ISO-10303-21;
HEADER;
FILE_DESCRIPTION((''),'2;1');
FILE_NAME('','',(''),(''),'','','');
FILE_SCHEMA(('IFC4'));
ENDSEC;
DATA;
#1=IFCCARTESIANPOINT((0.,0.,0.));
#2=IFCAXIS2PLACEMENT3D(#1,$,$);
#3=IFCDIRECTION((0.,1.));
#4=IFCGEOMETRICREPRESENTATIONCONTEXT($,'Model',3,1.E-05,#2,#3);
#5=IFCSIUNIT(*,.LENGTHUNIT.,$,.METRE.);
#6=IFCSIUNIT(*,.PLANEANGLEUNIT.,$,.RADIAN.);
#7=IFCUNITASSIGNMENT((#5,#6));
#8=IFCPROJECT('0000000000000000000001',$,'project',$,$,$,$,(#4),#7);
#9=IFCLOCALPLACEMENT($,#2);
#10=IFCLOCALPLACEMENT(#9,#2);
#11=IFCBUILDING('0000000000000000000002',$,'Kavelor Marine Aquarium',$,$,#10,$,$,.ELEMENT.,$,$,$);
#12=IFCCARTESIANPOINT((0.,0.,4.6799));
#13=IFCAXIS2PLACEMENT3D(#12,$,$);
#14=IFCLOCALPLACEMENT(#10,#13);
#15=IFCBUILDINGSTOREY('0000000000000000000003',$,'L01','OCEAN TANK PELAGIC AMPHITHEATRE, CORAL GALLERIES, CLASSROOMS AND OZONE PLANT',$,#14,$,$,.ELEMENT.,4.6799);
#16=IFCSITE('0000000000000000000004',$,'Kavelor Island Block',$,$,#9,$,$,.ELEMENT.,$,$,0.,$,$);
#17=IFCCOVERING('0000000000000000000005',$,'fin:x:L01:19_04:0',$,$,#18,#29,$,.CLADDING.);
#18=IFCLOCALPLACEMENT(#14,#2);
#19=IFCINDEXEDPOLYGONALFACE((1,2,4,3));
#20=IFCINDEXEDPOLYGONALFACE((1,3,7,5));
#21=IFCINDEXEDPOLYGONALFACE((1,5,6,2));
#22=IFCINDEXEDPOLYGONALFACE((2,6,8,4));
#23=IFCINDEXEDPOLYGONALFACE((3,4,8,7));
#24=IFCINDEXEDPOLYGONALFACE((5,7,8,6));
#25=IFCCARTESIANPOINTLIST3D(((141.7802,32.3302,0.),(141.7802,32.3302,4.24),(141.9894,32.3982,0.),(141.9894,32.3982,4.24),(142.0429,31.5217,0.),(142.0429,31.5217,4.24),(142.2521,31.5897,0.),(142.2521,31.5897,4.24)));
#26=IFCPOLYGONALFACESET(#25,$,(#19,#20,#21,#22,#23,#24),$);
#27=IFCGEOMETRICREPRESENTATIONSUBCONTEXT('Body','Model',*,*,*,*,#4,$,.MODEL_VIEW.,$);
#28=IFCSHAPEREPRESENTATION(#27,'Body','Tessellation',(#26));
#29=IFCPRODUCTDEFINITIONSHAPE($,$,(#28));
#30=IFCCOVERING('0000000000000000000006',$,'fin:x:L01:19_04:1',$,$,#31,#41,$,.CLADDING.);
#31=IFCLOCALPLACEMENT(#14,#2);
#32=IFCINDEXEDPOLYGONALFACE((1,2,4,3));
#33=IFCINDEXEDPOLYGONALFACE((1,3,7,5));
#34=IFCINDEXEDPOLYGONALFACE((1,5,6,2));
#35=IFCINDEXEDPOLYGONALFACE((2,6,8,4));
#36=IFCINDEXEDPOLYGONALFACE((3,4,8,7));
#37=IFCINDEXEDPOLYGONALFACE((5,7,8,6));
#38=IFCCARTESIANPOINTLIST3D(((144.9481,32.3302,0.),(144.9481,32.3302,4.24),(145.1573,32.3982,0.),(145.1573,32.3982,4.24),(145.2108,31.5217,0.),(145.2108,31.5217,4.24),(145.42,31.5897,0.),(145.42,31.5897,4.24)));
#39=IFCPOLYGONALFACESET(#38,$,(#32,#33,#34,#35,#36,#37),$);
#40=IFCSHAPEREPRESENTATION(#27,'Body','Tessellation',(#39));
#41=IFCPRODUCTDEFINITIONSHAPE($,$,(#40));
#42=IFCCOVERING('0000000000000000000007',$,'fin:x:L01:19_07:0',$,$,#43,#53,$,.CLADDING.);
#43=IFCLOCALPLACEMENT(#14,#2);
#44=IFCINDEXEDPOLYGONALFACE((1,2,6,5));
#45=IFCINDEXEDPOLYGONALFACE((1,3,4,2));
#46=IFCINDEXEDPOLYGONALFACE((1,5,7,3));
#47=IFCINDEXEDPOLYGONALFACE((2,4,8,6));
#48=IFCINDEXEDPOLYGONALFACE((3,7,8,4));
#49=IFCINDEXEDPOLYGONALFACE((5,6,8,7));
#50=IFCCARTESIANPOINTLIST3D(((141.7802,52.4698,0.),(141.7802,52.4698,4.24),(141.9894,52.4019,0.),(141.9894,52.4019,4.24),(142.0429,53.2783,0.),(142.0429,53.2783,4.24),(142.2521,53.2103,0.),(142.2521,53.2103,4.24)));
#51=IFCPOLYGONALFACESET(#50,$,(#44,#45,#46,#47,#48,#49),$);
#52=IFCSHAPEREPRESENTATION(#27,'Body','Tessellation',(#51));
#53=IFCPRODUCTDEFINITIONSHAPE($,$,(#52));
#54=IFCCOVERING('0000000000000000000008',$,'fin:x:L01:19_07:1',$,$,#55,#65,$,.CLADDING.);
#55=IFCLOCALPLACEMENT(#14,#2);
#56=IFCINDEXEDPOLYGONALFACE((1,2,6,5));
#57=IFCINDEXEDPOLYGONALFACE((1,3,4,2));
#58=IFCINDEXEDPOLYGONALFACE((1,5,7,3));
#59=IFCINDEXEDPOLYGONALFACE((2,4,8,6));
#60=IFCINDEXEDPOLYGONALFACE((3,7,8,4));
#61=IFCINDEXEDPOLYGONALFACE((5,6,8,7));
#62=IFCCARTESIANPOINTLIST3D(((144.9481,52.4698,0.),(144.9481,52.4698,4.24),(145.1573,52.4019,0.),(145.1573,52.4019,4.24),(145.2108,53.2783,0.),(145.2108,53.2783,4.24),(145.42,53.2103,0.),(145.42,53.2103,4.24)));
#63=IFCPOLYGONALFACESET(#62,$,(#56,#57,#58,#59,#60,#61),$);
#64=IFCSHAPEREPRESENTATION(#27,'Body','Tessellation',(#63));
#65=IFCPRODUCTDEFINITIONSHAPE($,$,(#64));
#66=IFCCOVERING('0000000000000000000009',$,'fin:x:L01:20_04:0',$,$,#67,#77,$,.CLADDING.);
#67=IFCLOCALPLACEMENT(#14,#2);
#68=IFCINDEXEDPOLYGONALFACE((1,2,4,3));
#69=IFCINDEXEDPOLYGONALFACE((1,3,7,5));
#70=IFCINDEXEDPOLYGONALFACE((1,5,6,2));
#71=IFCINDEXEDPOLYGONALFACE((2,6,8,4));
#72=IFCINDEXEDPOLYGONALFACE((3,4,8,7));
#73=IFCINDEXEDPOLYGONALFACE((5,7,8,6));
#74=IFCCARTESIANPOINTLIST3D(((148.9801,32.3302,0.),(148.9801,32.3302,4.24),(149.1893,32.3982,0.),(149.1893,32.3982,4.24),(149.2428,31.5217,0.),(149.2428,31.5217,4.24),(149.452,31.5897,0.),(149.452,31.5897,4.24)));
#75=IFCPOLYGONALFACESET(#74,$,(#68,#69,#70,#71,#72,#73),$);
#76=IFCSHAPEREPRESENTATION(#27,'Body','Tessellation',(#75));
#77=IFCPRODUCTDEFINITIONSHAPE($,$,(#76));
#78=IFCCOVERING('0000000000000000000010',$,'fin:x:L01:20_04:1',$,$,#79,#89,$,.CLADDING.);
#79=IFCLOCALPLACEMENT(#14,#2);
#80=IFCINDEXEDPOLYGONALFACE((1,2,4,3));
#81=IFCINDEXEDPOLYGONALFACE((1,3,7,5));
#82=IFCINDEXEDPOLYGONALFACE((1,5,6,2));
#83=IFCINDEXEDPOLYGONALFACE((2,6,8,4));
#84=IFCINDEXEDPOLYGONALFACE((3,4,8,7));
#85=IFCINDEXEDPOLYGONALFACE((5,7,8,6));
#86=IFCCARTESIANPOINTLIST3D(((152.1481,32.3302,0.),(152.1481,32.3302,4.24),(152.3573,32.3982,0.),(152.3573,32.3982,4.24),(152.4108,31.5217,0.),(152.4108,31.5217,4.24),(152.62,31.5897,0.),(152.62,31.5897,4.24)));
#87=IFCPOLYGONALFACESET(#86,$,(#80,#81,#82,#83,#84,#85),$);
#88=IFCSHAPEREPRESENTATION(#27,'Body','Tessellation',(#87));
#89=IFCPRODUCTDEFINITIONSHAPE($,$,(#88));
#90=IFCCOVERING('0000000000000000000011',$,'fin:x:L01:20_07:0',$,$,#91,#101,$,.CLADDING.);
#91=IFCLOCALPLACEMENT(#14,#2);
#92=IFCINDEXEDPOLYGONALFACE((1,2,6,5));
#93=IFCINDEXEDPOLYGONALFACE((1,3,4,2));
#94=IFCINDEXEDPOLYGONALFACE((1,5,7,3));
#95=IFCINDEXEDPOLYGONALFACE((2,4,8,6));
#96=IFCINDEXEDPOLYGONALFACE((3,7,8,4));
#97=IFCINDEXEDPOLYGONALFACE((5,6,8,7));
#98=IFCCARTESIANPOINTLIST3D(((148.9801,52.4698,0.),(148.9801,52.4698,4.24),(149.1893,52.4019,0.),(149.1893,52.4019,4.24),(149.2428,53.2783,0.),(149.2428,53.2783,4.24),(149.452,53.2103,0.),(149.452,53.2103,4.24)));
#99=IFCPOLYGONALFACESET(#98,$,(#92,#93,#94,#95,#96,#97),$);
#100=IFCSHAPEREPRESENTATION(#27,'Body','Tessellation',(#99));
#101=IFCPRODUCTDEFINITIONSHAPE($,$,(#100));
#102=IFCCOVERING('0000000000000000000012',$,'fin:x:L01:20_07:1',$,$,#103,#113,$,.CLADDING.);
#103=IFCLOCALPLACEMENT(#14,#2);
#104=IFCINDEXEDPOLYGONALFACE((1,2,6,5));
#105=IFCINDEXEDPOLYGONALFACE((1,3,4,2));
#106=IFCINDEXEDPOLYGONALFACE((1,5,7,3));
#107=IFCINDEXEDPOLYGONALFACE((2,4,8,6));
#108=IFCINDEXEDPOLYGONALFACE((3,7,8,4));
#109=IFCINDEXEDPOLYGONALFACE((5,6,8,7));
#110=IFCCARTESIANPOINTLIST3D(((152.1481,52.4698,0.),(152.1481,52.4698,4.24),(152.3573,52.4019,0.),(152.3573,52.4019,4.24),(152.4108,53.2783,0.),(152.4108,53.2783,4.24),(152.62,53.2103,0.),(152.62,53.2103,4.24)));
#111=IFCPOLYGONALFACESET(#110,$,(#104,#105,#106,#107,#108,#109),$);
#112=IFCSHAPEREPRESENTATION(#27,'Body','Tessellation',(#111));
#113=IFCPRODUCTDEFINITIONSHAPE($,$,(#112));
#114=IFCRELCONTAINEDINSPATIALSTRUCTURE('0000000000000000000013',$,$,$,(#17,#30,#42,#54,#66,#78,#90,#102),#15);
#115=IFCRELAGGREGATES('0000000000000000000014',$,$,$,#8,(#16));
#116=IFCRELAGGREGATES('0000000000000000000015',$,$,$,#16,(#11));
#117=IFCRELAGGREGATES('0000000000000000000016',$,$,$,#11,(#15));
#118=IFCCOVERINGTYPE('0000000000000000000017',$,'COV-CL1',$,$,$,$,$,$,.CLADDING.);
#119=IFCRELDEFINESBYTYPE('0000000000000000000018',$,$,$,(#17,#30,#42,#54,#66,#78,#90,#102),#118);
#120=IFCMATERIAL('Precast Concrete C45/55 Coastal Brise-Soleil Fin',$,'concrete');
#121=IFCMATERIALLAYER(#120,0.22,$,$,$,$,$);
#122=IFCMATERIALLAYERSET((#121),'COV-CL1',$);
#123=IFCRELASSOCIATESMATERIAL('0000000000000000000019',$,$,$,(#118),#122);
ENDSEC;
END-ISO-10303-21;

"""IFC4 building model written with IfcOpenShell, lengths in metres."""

from ifc_helpers import new_model, si_unit, direction, frame, origin, origin_2d, place, context, subcontext, project, spatial, rectangle, extrude, material, layer, layer_set, type_object, element, save


model = new_model("IFC4")

# Units and contexts
model_context = context("Model", 3, precision=1e-05, world=origin(), true_north=direction((0.0, 1.0)))
body_context = subcontext(model_context, "Body", "Model", "MODEL_VIEW")
ifc_project = project(units=[si_unit("LENGTHUNIT", "METRE"), si_unit("PLANEANGLEUNIT", "RADIAN")], contexts=[model_context])

# Site, building, storey
site_placement = place(None, origin())
site = spatial("IfcSite", under=ifc_project, at=site_placement, Name="Kavelor Island Block", CompositionType="ELEMENT", RefElevation=0.0)
building_placement = place(site_placement, origin())
building = spatial("IfcBuilding", under=site, at=building_placement, Name="Kavelor Marine Aquarium", CompositionType="ELEMENT")
storey_placement = place(building_placement, frame((0.0, 0.0, 4.6799)))
storey = spatial("IfcBuildingStorey", under=building, at=storey_placement, Name="L01", Description="OCEAN TANK PELAGIC AMPHITHEATRE, CORAL GALLERIES, CLASSROOMS AND OZONE PLANT", CompositionType="ELEMENT", Elevation=4.6799)

# Coverings
ifc_material_1 = material(Name="Precast Concrete C45/55 Coastal Brise-Soleil Fin", Category="concrete")
ifc_layer_1 = layer(ifc_material_1, 0.22)
ifc_layer_set_1 = layer_set([ifc_layer_1], Name="COV-CL1")
covering_type = type_object("IfcCoveringType", Name="COV-CL1", PredefinedType="CLADDING", material=ifc_layer_set_1)
for number, where, z_axis, x_axis, name in (
    (1, (142.0161, 31.96, 0.0), (0.0, 0.0, 1.0), (0.951057, 0.309017, 0.0), "fin:x:L01:19_04:0"),
    (2, (145.1841, 31.96, 0.0), (0.0, 0.0, 1.0), (0.951057, 0.309017, 0.0), "fin:x:L01:19_04:1"),
    (3, (142.0161, 52.8401, 0.0), (0.0, 0.0, 1.0), (0.951057, -0.309017, 0.0), "fin:x:L01:19_07:0"),
    (4, (145.1841, 52.8401, 0.0), (0.0, 0.0, 1.0), (0.951057, -0.309017, 0.0), "fin:x:L01:19_07:1"),
    (5, (149.2161, 31.96, 0.0), (0.0, 0.0, 1.0), (0.951057, 0.309017, 0.0), "fin:x:L01:20_04:0"),
    (6, (152.384, 31.96, 0.0), (0.0, 0.0, 1.0), (0.951057, 0.309017, 0.0), "fin:x:L01:20_04:1"),
    (7, (149.2161, 52.8401, 0.0), (0.0, 0.0, 1.0), (0.951057, -0.309017, 0.0), "fin:x:L01:20_07:0"),
    (8, (152.384, 52.8401, 0.0), (0.0, 0.0, 1.0), (0.951057, -0.309017, 0.0), "fin:x:L01:20_07:1"),
):
    element("IfcCovering", number, at=place(storey_placement, frame(where, z_axis=z_axis, x_axis=x_axis)), inside=storey, type_object=covering_type, Name=name, PredefinedType="CLADDING", context=body_context, shape_type="SweptSolid", body=[
        extrude(rectangle(XDim=0.22, YDim=0.8501, at=origin_2d()), origin(), (0.0, 0.0, 1.0), 4.24),
    ])

save(model, "model.ifc")
